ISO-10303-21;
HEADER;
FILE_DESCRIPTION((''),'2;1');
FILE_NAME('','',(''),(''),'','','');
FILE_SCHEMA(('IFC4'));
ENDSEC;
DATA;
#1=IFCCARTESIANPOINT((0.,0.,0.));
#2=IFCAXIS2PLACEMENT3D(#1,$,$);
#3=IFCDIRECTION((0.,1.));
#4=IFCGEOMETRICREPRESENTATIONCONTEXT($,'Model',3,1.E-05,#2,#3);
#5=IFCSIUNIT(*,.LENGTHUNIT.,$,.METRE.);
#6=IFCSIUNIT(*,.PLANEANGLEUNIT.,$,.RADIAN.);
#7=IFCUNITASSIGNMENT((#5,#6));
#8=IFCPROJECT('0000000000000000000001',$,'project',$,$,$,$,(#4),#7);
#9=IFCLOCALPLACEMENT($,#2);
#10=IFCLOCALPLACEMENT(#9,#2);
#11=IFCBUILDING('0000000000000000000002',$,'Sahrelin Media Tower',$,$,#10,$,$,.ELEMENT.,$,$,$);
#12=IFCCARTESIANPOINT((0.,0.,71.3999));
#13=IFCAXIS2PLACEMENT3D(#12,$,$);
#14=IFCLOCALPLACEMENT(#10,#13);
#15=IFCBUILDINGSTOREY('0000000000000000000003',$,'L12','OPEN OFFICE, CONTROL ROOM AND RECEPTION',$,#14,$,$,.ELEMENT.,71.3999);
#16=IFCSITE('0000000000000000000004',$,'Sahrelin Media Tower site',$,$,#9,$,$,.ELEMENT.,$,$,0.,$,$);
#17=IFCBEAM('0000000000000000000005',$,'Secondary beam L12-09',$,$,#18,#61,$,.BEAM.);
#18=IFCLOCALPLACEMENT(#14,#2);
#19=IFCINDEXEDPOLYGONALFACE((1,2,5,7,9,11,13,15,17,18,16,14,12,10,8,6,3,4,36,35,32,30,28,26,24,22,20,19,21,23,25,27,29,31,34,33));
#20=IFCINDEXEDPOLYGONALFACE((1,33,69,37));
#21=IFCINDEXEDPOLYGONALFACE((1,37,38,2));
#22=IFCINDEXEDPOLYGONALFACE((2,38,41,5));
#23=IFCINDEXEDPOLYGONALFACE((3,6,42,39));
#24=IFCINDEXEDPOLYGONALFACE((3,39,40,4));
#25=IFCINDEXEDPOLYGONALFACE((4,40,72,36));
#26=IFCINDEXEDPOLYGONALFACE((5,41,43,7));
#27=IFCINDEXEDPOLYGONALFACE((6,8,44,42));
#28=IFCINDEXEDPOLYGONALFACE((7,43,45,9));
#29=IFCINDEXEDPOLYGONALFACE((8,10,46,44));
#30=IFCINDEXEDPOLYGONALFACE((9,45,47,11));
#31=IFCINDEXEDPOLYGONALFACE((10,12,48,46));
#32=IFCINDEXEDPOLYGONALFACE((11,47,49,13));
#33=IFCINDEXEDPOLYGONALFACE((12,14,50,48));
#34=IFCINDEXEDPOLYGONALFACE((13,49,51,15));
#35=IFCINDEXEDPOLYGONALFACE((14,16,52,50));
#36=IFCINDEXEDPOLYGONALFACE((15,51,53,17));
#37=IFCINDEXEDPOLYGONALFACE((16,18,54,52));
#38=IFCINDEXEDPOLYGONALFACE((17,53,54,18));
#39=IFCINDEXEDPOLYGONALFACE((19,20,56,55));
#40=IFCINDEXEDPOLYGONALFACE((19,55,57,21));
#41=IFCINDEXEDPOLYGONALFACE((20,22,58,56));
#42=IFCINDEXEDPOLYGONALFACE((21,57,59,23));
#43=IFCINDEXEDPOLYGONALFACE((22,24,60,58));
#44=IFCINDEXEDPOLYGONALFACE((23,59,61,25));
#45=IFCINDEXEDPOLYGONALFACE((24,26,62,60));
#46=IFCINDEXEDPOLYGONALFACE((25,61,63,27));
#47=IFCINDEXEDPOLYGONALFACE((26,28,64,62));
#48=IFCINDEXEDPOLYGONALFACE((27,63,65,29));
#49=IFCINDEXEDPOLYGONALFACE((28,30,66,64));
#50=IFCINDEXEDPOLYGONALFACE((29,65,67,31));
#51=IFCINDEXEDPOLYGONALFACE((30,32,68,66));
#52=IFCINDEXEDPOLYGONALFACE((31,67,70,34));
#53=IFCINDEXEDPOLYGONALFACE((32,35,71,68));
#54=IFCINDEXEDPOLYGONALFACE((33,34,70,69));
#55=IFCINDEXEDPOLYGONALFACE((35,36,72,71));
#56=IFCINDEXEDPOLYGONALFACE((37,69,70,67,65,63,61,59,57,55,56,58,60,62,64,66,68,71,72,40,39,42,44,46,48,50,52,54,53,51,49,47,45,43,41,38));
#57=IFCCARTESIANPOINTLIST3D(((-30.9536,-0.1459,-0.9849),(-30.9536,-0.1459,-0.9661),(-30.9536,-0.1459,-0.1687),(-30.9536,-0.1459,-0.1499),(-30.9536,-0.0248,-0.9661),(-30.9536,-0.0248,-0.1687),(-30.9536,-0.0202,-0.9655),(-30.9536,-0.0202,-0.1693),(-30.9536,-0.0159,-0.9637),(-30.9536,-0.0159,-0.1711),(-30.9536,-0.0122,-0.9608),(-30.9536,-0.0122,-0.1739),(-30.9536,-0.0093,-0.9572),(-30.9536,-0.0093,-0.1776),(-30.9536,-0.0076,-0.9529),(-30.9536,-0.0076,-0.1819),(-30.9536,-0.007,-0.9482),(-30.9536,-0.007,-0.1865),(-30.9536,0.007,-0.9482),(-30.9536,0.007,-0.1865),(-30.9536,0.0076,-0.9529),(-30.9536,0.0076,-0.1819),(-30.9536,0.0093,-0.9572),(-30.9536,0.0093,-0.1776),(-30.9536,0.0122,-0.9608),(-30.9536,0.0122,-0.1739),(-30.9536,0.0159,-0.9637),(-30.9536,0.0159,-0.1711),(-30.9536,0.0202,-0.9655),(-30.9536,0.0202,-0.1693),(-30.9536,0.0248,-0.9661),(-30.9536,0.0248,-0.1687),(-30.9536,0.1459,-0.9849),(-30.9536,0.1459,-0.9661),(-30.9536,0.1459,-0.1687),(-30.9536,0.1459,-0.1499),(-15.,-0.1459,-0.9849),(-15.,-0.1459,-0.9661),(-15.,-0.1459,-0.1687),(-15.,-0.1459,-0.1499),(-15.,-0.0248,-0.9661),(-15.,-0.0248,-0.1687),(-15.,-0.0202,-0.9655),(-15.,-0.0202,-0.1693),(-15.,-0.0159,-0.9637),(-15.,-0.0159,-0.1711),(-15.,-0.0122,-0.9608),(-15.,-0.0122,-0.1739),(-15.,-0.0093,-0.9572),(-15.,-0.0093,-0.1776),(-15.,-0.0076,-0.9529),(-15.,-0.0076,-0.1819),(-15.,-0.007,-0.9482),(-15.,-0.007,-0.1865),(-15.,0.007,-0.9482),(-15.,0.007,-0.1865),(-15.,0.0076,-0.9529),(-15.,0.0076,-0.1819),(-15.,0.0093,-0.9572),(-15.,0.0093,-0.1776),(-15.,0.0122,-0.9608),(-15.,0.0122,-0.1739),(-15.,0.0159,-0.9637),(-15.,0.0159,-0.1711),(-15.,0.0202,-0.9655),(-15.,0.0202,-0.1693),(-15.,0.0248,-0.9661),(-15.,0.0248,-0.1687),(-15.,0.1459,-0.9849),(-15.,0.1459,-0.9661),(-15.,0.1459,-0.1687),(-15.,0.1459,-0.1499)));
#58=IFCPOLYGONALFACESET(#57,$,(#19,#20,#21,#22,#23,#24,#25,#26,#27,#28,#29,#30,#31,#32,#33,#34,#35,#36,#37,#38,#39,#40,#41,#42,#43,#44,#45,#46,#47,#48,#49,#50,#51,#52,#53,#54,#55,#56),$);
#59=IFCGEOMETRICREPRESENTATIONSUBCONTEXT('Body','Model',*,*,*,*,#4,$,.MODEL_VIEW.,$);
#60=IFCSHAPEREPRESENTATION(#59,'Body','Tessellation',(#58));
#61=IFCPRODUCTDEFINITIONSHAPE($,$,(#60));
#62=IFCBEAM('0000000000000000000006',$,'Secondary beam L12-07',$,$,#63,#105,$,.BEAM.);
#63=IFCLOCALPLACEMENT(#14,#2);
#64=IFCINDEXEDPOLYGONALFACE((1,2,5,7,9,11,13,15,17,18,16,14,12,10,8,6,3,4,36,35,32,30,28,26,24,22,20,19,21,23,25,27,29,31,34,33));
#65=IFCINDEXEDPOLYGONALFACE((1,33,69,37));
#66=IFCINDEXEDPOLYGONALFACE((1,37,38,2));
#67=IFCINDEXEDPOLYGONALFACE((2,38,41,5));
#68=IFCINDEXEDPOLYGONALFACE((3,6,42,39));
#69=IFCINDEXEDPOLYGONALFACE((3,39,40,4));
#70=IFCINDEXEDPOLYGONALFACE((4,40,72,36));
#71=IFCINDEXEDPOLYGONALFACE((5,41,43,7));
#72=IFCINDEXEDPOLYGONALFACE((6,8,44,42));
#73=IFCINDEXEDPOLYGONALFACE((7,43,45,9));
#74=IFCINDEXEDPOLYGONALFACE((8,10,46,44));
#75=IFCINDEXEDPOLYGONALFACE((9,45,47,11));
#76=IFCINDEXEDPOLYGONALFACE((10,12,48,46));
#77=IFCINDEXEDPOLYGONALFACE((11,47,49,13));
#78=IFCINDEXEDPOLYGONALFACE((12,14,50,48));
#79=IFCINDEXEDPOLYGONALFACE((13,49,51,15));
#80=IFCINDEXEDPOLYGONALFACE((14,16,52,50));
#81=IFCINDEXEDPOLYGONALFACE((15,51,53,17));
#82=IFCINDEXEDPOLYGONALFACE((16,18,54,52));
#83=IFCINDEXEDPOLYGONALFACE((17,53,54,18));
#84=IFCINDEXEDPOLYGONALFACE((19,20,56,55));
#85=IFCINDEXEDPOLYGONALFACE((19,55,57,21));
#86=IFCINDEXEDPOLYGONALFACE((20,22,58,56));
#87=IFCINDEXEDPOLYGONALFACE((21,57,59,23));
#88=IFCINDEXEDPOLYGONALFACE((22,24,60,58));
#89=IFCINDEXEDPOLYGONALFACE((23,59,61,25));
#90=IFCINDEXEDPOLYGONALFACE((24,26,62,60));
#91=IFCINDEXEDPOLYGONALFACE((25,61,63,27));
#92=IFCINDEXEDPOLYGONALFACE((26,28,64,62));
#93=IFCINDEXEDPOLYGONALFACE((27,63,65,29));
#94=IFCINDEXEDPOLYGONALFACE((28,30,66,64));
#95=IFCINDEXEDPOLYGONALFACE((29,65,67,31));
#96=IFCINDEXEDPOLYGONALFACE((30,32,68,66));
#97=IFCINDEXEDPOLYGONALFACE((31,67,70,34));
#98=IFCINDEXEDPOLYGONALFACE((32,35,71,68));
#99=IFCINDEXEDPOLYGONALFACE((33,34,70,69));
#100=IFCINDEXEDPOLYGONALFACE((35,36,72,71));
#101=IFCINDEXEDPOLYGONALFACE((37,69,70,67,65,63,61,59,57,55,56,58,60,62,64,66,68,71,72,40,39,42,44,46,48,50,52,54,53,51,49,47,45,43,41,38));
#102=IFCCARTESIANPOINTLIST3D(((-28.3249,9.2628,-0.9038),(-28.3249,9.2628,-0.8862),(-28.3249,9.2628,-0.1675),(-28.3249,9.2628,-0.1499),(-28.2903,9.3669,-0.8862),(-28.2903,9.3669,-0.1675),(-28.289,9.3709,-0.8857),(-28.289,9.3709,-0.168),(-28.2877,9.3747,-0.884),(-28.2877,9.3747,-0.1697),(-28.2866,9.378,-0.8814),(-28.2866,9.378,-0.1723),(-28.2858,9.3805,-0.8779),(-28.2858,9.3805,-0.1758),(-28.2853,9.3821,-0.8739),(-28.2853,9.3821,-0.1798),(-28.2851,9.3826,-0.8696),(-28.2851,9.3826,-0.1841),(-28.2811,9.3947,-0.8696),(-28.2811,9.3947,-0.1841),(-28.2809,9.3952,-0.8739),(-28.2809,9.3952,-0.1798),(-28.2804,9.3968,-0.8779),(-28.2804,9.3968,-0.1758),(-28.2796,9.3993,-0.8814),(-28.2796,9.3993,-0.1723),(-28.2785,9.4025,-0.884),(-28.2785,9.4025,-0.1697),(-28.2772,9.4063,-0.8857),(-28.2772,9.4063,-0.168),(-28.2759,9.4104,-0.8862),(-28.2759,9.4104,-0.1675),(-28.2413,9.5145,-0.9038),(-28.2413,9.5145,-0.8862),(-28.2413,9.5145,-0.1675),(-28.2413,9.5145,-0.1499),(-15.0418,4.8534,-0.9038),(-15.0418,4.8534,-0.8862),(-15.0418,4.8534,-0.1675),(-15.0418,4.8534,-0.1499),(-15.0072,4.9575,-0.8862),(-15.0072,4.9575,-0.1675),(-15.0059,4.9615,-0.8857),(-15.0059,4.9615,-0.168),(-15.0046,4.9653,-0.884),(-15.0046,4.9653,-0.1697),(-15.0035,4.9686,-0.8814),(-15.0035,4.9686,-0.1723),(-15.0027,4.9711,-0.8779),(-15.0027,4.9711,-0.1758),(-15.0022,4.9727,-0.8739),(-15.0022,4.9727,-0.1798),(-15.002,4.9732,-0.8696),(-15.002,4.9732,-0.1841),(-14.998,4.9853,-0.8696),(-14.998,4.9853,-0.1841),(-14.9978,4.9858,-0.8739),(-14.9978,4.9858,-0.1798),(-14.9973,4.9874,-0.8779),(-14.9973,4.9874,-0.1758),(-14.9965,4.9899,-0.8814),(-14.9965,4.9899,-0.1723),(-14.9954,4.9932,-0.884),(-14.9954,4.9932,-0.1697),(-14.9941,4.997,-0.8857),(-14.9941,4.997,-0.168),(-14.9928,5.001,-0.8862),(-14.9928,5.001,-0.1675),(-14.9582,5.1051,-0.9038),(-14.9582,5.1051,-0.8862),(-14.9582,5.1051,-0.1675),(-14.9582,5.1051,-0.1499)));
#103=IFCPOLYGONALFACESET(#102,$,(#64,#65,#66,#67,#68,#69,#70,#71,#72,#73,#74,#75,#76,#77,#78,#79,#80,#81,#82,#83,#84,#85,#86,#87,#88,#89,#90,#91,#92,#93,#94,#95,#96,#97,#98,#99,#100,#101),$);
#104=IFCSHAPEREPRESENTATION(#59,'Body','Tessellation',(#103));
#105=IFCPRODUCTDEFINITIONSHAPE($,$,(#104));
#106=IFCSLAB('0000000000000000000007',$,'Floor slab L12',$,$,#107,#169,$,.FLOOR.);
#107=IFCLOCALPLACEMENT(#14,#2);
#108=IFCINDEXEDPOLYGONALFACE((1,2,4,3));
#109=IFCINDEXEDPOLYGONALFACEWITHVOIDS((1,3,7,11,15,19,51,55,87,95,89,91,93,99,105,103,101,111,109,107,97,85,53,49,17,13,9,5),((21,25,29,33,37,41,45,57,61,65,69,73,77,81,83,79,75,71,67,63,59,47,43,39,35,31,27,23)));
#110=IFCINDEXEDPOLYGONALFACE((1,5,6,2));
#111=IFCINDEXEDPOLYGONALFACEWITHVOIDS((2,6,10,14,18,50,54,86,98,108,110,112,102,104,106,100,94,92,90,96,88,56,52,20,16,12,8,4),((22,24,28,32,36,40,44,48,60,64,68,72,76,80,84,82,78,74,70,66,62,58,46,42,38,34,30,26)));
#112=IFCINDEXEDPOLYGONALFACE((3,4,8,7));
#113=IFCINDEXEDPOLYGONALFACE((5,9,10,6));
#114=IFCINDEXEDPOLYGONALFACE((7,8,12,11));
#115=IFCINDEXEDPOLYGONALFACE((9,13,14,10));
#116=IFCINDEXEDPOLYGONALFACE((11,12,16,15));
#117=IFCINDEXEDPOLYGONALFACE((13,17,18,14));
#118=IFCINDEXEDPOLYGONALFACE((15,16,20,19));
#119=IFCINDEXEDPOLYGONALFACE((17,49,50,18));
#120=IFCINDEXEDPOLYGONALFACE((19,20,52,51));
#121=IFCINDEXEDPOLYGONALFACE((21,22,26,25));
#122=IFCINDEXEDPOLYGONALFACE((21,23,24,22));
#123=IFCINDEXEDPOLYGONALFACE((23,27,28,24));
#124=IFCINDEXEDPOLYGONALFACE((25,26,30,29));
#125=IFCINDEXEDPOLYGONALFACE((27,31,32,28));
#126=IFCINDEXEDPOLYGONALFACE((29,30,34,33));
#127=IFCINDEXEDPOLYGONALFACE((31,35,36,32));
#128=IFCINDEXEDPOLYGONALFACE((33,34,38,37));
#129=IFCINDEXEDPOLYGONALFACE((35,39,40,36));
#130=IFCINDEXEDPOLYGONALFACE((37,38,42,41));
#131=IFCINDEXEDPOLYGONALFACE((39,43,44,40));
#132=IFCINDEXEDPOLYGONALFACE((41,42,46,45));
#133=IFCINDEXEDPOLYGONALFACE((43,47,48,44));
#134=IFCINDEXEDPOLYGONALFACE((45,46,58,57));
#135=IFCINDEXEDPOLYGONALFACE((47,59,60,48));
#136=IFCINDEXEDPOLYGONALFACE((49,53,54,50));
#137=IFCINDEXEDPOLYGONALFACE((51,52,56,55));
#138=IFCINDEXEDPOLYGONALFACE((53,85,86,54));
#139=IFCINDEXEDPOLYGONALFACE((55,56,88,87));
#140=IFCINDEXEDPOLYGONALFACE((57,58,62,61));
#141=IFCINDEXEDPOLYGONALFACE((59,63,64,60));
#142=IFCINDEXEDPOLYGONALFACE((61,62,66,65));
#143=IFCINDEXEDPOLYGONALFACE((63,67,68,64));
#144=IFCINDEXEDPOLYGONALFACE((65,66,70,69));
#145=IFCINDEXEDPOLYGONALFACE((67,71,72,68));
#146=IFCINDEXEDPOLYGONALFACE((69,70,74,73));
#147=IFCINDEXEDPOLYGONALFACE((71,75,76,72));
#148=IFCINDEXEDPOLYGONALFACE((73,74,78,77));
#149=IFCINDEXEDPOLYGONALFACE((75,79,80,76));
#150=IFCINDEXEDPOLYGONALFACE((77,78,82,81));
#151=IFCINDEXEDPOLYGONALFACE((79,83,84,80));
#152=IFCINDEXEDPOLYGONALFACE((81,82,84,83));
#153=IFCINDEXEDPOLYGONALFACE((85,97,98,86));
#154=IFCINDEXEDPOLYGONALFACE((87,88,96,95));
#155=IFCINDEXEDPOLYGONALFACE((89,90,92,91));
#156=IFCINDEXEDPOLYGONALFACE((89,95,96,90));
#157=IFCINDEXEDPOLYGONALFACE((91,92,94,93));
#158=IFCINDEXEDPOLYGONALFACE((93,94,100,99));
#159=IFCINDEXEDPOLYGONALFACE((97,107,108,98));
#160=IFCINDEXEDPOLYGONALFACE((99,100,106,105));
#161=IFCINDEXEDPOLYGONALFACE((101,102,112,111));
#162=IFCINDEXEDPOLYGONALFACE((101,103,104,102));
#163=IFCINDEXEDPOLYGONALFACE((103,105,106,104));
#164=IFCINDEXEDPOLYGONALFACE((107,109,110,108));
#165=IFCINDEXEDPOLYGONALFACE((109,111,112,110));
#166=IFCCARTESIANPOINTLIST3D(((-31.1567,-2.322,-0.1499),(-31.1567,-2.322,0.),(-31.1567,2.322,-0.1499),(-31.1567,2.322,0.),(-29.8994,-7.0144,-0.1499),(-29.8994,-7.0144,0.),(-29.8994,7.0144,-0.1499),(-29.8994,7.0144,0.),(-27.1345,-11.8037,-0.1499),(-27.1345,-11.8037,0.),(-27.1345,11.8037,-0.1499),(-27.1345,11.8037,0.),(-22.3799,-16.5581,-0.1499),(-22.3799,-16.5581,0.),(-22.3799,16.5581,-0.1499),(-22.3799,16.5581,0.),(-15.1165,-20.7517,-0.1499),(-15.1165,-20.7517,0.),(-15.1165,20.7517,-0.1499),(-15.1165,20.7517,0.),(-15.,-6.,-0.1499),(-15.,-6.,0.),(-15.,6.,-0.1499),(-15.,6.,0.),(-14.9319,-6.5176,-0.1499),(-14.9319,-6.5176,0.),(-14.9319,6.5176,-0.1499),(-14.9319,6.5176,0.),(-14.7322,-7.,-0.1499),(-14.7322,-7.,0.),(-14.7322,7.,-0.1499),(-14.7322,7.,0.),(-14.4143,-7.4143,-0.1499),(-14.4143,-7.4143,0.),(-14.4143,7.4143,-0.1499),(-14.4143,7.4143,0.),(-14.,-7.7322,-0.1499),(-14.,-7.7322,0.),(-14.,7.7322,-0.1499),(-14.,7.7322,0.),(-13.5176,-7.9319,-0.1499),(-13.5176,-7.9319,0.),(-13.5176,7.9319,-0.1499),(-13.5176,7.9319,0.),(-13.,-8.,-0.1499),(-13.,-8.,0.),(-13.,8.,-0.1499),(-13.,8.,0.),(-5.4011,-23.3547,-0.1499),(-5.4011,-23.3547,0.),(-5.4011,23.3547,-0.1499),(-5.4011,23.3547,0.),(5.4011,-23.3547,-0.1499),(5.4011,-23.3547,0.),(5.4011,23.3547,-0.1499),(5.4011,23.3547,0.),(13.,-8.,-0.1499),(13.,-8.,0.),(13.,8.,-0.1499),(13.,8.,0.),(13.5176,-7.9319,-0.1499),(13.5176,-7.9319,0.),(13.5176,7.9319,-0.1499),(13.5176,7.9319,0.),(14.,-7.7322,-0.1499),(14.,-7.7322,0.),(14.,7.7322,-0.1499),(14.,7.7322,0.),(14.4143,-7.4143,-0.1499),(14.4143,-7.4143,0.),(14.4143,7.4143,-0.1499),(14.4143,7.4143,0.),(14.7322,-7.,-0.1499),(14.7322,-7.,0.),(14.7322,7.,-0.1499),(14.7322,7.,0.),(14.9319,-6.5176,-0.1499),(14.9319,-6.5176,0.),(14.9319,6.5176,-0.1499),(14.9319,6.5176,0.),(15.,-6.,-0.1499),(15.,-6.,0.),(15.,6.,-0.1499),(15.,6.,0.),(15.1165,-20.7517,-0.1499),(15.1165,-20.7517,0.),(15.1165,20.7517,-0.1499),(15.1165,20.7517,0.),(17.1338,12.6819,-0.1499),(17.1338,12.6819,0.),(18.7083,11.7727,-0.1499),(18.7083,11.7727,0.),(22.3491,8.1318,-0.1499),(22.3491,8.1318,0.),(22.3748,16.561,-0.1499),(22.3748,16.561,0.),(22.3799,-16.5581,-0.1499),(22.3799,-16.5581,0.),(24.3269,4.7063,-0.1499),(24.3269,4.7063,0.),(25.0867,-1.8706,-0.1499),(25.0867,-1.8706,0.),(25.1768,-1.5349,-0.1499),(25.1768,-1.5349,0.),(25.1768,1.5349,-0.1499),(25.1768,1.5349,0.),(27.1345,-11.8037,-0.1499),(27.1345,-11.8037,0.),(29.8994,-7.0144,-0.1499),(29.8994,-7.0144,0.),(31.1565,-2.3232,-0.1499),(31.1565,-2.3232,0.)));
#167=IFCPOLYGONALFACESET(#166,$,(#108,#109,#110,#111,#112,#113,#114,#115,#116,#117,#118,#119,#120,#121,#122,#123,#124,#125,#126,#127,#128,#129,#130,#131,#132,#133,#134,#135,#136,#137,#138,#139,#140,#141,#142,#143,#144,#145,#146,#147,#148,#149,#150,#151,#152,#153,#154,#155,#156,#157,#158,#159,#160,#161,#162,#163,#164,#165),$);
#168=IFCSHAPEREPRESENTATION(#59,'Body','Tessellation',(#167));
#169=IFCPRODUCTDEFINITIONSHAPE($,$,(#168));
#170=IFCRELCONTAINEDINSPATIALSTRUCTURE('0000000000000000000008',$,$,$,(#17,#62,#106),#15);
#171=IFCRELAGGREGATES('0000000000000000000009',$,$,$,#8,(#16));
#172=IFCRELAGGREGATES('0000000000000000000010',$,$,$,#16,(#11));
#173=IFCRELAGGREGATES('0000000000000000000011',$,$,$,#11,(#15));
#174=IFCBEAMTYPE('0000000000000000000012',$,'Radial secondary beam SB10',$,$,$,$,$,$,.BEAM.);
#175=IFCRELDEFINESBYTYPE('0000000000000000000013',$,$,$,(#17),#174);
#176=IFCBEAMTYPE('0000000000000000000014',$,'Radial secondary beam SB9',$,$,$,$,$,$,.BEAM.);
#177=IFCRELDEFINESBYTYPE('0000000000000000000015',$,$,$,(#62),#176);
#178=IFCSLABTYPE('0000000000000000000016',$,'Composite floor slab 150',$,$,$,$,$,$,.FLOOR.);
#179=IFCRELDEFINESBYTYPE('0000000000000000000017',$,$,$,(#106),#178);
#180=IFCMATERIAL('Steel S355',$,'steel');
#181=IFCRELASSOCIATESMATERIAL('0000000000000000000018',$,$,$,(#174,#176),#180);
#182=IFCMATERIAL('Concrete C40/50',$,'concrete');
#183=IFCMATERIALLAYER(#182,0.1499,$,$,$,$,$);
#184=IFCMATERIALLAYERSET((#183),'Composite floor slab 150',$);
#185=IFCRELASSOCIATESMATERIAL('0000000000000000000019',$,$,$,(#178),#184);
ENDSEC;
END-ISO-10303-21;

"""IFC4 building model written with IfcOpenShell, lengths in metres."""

from ifc_helpers import new_model, si_unit, direction, frame, origin, origin_2d, place, context, subcontext, project, spatial, polyline, i_section, outline, extrude, material, layer, layer_set, material_profile, profile_set, type_object, element, save


model = new_model("IFC4")

# Units and contexts
model_context = context("Model", 3, precision=1e-05, world=origin(), true_north=direction((0.0, 1.0)))
body_context = subcontext(model_context, "Body", "Model", "MODEL_VIEW")
ifc_project = project(units=[si_unit("LENGTHUNIT", "METRE"), si_unit("PLANEANGLEUNIT", "RADIAN")], contexts=[model_context])

# Site, building, storey
site_placement = place(None, origin())
site = spatial("IfcSite", under=ifc_project, at=site_placement, Name="Sahrelin Media Tower site", CompositionType="ELEMENT", RefElevation=0.0)
building_placement = place(site_placement, origin())
building = spatial("IfcBuilding", under=site, at=building_placement, Name="Sahrelin Media Tower", CompositionType="ELEMENT")
storey_placement = place(building_placement, frame((0.0, 0.0, 71.3999)))
storey = spatial("IfcBuildingStorey", under=building, at=storey_placement, Name="L12", Description="OPEN OFFICE, CONTROL ROOM AND RECEPTION", CompositionType="ELEMENT", Elevation=71.3999)

# Beams
ifc_material_1 = material(Name="Steel S355", Category="steel")
ifc_material_profile_1 = material_profile(ifc_material_1, i_section(OverallWidth=0.2917, OverallDepth=0.835, WebThickness=0.0139, FlangeThickness=0.0188, FilletRadius=0.0178, at=origin_2d()), Name="UB 838x292x176")
ifc_profile_set_1 = profile_set([ifc_material_profile_1], Name="Steel S355")
beam_type_1 = type_object("IfcBeamType", Name="Radial secondary beam SB10", PredefinedType="BEAM", material=ifc_profile_set_1)
beam_1_placement = place(storey_placement, frame((-15.0, 0.0, -0.5674), z_axis=(-1.0, 0.0, 0.0), x_axis=(0.0, -1.0, 0.0)))
element("IfcBeam", 1, at=beam_1_placement, inside=storey, type_object=beam_type_1, Name="Secondary beam L12-09", PredefinedType="BEAM", context=body_context, shape_type="SweptSolid", body=[
    extrude(i_section(OverallWidth=0.2917, OverallDepth=0.835, WebThickness=0.0139, FlangeThickness=0.0188, FilletRadius=0.0178, at=origin_2d()), origin(), (0.0, 0.0, 1.0), 15.9536),
])
ifc_material_profile_2 = material_profile(ifc_material_1, i_section(OverallWidth=0.2651, OverallDepth=0.7539, WebThickness=0.0127, FlangeThickness=0.0176, FilletRadius=0.0166, at=origin_2d()), Name="UB 762x267x147")
ifc_profile_set_2 = profile_set([ifc_material_profile_2], Name="Steel S355")
beam_type_2 = type_object("IfcBeamType", Name="Radial secondary beam SB9", PredefinedType="BEAM", material=ifc_profile_set_2)
beam_2_placement = place(storey_placement, frame((-15.0, 4.9792, -0.5269), z_axis=(-0.949075, 0.31505, 0.0), x_axis=(-0.31505, -0.949075, 0.0)))
element("IfcBeam", 2, at=beam_2_placement, inside=storey, type_object=beam_type_2, Name="Secondary beam L12-07", PredefinedType="BEAM", context=body_context, shape_type="SweptSolid", body=[
    extrude(i_section(OverallWidth=0.2651, OverallDepth=0.7539, WebThickness=0.0127, FlangeThickness=0.0176, FilletRadius=0.0166, at=origin_2d()), origin(), (0.0, 0.0, 1.0), 13.9958),
])

# Slab
ifc_material_2 = material(Name="Concrete C40/50", Category="concrete")
ifc_layer_1 = layer(ifc_material_2, 0.1499)
ifc_layer_set_1 = layer_set([ifc_layer_1], Name="Composite floor slab 150")
slab_type = type_object("IfcSlabType", Name="Composite floor slab 150", PredefinedType="FLOOR", material=ifc_layer_set_1)
slab_placement = place(storey_placement, frame((0.0, 0.0, -0.1499)))
element("IfcSlab", 3, at=slab_placement, inside=storey, type_object=slab_type, Name="Floor slab L12", PredefinedType="FLOOR", context=body_context, shape_type="SweptSolid", body=[
    extrude(outline(polyline([(29.8994, -7.0144), (31.1565, -2.3232), (25.0867, -1.8706), (25.1768, -1.5349), (25.1768, 1.5349), (24.3269, 4.7063), (22.3491, 8.1318), (18.7083, 11.7727), (17.1338, 12.6819), (22.3748, 16.561), (15.1165, 20.7517), (5.4011, 23.3547), (-5.4011, 23.3547), (-15.1165, 20.7517), (-22.3799, 16.5581), (-27.1345, 11.8037), (-29.8994, 7.0144), (-31.1567, 2.322), (-31.1567, -2.322), (-29.8994, -7.0144), (-27.1345, -11.8037), (-22.3799, -16.5581), (-15.1165, -20.7517), (-5.4011, -23.3547), (5.4011, -23.3547), (15.1165, -20.7517), (22.3799, -16.5581), (27.1345, -11.8037), (29.8994, -7.0144)]), holes=[polyline([(14.7322, 7.0), (14.9319, 6.5176), (15.0, 6.0), (15.0, -6.0), (14.9319, -6.5176), (14.7322, -7.0), (14.4143, -7.4143), (14.0, -7.7322), (13.5176, -7.9319), (13.0, -8.0), (-13.0, -8.0), (-13.5176, -7.9319), (-14.0, -7.7322), (-14.4143, -7.4143), (-14.7322, -7.0), (-14.9319, -6.5176), (-15.0, -6.0), (-15.0, 6.0), (-14.9319, 6.5176), (-14.7322, 7.0), (-14.4143, 7.4143), (-14.0, 7.7322), (-13.5176, 7.9319), (-13.0, 8.0), (13.0, 8.0), (13.5176, 7.9319), (14.0, 7.7322), (14.4143, 7.4143), (14.7322, 7.0)])]), origin(), (0.0, 0.0, 1.0), 0.1499),
])

save(model, "model.ifc")
